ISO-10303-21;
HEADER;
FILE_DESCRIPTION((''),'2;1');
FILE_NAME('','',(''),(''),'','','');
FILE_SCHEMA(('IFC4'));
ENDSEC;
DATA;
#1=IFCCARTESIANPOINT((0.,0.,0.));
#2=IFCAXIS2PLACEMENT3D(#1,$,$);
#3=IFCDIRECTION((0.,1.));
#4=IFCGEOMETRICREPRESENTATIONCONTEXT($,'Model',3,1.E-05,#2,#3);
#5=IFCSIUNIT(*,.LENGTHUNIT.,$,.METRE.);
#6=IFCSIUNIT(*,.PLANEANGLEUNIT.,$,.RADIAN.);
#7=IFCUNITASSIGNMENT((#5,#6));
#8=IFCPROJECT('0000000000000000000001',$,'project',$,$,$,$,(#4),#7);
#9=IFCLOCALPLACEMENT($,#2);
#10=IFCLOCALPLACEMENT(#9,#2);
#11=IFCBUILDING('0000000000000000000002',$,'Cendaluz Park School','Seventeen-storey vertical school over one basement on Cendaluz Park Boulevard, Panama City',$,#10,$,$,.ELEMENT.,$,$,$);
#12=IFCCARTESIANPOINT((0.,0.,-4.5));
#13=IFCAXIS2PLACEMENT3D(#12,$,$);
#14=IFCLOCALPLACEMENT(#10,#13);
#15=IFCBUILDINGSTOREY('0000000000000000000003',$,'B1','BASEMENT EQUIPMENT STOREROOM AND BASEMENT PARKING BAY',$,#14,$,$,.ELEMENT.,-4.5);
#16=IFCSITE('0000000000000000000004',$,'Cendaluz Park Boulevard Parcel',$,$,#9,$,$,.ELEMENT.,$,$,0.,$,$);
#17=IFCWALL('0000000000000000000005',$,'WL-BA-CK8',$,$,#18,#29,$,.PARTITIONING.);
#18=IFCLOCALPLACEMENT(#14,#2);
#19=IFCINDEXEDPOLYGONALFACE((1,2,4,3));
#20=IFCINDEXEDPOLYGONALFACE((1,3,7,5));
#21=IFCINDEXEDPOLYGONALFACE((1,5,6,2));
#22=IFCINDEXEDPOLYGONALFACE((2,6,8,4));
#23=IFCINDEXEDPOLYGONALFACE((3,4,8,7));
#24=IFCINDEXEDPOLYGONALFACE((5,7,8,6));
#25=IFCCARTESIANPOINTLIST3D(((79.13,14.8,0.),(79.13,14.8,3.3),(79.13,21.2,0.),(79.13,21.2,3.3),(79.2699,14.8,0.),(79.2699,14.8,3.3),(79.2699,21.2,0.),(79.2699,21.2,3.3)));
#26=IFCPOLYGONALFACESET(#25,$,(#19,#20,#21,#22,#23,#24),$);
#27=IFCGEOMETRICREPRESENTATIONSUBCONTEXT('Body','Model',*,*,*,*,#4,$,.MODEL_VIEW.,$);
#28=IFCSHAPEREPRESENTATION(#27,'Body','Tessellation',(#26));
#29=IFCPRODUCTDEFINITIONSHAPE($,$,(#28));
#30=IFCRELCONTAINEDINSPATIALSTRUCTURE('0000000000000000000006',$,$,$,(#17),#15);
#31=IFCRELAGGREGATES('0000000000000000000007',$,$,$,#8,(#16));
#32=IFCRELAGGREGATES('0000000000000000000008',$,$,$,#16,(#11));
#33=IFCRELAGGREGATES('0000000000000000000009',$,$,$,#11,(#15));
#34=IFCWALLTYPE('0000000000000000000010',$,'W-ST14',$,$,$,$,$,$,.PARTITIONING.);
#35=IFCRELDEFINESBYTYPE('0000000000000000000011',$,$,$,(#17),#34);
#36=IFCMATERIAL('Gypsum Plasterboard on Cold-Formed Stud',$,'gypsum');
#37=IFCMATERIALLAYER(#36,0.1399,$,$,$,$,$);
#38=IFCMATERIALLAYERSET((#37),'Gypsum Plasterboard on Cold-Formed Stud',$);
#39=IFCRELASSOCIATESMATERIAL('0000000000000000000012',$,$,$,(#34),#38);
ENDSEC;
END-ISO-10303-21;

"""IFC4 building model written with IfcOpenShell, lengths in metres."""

from ifc_helpers import new_model, si_unit, direction, frame, frame_2d, origin, place, context, subcontext, project, spatial, rectangle, extrude, material, layer, layer_set, type_object, element, save


model = new_model("IFC4")

# Units and contexts
model_context = context("Model", 3, precision=1e-05, world=origin(), true_north=direction((0.0, 1.0)))
body_context = subcontext(model_context, "Body", "Model", "MODEL_VIEW")
ifc_project = project(units=[si_unit("LENGTHUNIT", "METRE"), si_unit("PLANEANGLEUNIT", "RADIAN")], contexts=[model_context])

# Site, building, storey
site_placement = place(None, origin())
site = spatial("IfcSite", under=ifc_project, at=site_placement, Name="Cendaluz Park Boulevard Parcel", CompositionType="ELEMENT", RefElevation=0.0)
building_placement = place(site_placement, origin())
building = spatial("IfcBuilding", under=site, at=building_placement, Name="Cendaluz Park School", Description="Seventeen-storey vertical school over one basement on Cendaluz Park Boulevard, Panama City", CompositionType="ELEMENT")
storey_placement = place(building_placement, frame((0.0, 0.0, -4.5)))
storey = spatial("IfcBuildingStorey", under=building, at=storey_placement, Name="B1", Description="BASEMENT EQUIPMENT STOREROOM AND BASEMENT PARKING BAY", CompositionType="ELEMENT", Elevation=-4.5)

# Shared definitions
ifc_material_1 = material(Name="Gypsum Plasterboard on Cold-Formed Stud", Category="gypsum")
ifc_layer = layer(ifc_material_1, 0.1399)
ifc_layer_set = layer_set([ifc_layer], Name="Gypsum Plasterboard on Cold-Formed Stud")
wall_type = type_object("IfcWallType", Name="W-ST14", PredefinedType="PARTITIONING", material=ifc_layer_set)

# Wall
wall_1_placement = place(storey_placement, frame((79.2, 14.8, 0.0), z_axis=(0.0, 0.0, 1.0), x_axis=(0.0, 1.0, 0.0)))
element("IfcWall", 1, at=wall_1_placement, inside=storey, type_object=wall_type, Name="WL-BA-CK8", PredefinedType="PARTITIONING", context=body_context, shape_type="SweptSolid", body=[
    extrude(rectangle(XDim=6.3999, YDim=0.1399, at=frame_2d((3.2, 0.0))), origin(), (0.0, 0.0, 1.0), 3.3),
])

save(model, "model.ifc")
